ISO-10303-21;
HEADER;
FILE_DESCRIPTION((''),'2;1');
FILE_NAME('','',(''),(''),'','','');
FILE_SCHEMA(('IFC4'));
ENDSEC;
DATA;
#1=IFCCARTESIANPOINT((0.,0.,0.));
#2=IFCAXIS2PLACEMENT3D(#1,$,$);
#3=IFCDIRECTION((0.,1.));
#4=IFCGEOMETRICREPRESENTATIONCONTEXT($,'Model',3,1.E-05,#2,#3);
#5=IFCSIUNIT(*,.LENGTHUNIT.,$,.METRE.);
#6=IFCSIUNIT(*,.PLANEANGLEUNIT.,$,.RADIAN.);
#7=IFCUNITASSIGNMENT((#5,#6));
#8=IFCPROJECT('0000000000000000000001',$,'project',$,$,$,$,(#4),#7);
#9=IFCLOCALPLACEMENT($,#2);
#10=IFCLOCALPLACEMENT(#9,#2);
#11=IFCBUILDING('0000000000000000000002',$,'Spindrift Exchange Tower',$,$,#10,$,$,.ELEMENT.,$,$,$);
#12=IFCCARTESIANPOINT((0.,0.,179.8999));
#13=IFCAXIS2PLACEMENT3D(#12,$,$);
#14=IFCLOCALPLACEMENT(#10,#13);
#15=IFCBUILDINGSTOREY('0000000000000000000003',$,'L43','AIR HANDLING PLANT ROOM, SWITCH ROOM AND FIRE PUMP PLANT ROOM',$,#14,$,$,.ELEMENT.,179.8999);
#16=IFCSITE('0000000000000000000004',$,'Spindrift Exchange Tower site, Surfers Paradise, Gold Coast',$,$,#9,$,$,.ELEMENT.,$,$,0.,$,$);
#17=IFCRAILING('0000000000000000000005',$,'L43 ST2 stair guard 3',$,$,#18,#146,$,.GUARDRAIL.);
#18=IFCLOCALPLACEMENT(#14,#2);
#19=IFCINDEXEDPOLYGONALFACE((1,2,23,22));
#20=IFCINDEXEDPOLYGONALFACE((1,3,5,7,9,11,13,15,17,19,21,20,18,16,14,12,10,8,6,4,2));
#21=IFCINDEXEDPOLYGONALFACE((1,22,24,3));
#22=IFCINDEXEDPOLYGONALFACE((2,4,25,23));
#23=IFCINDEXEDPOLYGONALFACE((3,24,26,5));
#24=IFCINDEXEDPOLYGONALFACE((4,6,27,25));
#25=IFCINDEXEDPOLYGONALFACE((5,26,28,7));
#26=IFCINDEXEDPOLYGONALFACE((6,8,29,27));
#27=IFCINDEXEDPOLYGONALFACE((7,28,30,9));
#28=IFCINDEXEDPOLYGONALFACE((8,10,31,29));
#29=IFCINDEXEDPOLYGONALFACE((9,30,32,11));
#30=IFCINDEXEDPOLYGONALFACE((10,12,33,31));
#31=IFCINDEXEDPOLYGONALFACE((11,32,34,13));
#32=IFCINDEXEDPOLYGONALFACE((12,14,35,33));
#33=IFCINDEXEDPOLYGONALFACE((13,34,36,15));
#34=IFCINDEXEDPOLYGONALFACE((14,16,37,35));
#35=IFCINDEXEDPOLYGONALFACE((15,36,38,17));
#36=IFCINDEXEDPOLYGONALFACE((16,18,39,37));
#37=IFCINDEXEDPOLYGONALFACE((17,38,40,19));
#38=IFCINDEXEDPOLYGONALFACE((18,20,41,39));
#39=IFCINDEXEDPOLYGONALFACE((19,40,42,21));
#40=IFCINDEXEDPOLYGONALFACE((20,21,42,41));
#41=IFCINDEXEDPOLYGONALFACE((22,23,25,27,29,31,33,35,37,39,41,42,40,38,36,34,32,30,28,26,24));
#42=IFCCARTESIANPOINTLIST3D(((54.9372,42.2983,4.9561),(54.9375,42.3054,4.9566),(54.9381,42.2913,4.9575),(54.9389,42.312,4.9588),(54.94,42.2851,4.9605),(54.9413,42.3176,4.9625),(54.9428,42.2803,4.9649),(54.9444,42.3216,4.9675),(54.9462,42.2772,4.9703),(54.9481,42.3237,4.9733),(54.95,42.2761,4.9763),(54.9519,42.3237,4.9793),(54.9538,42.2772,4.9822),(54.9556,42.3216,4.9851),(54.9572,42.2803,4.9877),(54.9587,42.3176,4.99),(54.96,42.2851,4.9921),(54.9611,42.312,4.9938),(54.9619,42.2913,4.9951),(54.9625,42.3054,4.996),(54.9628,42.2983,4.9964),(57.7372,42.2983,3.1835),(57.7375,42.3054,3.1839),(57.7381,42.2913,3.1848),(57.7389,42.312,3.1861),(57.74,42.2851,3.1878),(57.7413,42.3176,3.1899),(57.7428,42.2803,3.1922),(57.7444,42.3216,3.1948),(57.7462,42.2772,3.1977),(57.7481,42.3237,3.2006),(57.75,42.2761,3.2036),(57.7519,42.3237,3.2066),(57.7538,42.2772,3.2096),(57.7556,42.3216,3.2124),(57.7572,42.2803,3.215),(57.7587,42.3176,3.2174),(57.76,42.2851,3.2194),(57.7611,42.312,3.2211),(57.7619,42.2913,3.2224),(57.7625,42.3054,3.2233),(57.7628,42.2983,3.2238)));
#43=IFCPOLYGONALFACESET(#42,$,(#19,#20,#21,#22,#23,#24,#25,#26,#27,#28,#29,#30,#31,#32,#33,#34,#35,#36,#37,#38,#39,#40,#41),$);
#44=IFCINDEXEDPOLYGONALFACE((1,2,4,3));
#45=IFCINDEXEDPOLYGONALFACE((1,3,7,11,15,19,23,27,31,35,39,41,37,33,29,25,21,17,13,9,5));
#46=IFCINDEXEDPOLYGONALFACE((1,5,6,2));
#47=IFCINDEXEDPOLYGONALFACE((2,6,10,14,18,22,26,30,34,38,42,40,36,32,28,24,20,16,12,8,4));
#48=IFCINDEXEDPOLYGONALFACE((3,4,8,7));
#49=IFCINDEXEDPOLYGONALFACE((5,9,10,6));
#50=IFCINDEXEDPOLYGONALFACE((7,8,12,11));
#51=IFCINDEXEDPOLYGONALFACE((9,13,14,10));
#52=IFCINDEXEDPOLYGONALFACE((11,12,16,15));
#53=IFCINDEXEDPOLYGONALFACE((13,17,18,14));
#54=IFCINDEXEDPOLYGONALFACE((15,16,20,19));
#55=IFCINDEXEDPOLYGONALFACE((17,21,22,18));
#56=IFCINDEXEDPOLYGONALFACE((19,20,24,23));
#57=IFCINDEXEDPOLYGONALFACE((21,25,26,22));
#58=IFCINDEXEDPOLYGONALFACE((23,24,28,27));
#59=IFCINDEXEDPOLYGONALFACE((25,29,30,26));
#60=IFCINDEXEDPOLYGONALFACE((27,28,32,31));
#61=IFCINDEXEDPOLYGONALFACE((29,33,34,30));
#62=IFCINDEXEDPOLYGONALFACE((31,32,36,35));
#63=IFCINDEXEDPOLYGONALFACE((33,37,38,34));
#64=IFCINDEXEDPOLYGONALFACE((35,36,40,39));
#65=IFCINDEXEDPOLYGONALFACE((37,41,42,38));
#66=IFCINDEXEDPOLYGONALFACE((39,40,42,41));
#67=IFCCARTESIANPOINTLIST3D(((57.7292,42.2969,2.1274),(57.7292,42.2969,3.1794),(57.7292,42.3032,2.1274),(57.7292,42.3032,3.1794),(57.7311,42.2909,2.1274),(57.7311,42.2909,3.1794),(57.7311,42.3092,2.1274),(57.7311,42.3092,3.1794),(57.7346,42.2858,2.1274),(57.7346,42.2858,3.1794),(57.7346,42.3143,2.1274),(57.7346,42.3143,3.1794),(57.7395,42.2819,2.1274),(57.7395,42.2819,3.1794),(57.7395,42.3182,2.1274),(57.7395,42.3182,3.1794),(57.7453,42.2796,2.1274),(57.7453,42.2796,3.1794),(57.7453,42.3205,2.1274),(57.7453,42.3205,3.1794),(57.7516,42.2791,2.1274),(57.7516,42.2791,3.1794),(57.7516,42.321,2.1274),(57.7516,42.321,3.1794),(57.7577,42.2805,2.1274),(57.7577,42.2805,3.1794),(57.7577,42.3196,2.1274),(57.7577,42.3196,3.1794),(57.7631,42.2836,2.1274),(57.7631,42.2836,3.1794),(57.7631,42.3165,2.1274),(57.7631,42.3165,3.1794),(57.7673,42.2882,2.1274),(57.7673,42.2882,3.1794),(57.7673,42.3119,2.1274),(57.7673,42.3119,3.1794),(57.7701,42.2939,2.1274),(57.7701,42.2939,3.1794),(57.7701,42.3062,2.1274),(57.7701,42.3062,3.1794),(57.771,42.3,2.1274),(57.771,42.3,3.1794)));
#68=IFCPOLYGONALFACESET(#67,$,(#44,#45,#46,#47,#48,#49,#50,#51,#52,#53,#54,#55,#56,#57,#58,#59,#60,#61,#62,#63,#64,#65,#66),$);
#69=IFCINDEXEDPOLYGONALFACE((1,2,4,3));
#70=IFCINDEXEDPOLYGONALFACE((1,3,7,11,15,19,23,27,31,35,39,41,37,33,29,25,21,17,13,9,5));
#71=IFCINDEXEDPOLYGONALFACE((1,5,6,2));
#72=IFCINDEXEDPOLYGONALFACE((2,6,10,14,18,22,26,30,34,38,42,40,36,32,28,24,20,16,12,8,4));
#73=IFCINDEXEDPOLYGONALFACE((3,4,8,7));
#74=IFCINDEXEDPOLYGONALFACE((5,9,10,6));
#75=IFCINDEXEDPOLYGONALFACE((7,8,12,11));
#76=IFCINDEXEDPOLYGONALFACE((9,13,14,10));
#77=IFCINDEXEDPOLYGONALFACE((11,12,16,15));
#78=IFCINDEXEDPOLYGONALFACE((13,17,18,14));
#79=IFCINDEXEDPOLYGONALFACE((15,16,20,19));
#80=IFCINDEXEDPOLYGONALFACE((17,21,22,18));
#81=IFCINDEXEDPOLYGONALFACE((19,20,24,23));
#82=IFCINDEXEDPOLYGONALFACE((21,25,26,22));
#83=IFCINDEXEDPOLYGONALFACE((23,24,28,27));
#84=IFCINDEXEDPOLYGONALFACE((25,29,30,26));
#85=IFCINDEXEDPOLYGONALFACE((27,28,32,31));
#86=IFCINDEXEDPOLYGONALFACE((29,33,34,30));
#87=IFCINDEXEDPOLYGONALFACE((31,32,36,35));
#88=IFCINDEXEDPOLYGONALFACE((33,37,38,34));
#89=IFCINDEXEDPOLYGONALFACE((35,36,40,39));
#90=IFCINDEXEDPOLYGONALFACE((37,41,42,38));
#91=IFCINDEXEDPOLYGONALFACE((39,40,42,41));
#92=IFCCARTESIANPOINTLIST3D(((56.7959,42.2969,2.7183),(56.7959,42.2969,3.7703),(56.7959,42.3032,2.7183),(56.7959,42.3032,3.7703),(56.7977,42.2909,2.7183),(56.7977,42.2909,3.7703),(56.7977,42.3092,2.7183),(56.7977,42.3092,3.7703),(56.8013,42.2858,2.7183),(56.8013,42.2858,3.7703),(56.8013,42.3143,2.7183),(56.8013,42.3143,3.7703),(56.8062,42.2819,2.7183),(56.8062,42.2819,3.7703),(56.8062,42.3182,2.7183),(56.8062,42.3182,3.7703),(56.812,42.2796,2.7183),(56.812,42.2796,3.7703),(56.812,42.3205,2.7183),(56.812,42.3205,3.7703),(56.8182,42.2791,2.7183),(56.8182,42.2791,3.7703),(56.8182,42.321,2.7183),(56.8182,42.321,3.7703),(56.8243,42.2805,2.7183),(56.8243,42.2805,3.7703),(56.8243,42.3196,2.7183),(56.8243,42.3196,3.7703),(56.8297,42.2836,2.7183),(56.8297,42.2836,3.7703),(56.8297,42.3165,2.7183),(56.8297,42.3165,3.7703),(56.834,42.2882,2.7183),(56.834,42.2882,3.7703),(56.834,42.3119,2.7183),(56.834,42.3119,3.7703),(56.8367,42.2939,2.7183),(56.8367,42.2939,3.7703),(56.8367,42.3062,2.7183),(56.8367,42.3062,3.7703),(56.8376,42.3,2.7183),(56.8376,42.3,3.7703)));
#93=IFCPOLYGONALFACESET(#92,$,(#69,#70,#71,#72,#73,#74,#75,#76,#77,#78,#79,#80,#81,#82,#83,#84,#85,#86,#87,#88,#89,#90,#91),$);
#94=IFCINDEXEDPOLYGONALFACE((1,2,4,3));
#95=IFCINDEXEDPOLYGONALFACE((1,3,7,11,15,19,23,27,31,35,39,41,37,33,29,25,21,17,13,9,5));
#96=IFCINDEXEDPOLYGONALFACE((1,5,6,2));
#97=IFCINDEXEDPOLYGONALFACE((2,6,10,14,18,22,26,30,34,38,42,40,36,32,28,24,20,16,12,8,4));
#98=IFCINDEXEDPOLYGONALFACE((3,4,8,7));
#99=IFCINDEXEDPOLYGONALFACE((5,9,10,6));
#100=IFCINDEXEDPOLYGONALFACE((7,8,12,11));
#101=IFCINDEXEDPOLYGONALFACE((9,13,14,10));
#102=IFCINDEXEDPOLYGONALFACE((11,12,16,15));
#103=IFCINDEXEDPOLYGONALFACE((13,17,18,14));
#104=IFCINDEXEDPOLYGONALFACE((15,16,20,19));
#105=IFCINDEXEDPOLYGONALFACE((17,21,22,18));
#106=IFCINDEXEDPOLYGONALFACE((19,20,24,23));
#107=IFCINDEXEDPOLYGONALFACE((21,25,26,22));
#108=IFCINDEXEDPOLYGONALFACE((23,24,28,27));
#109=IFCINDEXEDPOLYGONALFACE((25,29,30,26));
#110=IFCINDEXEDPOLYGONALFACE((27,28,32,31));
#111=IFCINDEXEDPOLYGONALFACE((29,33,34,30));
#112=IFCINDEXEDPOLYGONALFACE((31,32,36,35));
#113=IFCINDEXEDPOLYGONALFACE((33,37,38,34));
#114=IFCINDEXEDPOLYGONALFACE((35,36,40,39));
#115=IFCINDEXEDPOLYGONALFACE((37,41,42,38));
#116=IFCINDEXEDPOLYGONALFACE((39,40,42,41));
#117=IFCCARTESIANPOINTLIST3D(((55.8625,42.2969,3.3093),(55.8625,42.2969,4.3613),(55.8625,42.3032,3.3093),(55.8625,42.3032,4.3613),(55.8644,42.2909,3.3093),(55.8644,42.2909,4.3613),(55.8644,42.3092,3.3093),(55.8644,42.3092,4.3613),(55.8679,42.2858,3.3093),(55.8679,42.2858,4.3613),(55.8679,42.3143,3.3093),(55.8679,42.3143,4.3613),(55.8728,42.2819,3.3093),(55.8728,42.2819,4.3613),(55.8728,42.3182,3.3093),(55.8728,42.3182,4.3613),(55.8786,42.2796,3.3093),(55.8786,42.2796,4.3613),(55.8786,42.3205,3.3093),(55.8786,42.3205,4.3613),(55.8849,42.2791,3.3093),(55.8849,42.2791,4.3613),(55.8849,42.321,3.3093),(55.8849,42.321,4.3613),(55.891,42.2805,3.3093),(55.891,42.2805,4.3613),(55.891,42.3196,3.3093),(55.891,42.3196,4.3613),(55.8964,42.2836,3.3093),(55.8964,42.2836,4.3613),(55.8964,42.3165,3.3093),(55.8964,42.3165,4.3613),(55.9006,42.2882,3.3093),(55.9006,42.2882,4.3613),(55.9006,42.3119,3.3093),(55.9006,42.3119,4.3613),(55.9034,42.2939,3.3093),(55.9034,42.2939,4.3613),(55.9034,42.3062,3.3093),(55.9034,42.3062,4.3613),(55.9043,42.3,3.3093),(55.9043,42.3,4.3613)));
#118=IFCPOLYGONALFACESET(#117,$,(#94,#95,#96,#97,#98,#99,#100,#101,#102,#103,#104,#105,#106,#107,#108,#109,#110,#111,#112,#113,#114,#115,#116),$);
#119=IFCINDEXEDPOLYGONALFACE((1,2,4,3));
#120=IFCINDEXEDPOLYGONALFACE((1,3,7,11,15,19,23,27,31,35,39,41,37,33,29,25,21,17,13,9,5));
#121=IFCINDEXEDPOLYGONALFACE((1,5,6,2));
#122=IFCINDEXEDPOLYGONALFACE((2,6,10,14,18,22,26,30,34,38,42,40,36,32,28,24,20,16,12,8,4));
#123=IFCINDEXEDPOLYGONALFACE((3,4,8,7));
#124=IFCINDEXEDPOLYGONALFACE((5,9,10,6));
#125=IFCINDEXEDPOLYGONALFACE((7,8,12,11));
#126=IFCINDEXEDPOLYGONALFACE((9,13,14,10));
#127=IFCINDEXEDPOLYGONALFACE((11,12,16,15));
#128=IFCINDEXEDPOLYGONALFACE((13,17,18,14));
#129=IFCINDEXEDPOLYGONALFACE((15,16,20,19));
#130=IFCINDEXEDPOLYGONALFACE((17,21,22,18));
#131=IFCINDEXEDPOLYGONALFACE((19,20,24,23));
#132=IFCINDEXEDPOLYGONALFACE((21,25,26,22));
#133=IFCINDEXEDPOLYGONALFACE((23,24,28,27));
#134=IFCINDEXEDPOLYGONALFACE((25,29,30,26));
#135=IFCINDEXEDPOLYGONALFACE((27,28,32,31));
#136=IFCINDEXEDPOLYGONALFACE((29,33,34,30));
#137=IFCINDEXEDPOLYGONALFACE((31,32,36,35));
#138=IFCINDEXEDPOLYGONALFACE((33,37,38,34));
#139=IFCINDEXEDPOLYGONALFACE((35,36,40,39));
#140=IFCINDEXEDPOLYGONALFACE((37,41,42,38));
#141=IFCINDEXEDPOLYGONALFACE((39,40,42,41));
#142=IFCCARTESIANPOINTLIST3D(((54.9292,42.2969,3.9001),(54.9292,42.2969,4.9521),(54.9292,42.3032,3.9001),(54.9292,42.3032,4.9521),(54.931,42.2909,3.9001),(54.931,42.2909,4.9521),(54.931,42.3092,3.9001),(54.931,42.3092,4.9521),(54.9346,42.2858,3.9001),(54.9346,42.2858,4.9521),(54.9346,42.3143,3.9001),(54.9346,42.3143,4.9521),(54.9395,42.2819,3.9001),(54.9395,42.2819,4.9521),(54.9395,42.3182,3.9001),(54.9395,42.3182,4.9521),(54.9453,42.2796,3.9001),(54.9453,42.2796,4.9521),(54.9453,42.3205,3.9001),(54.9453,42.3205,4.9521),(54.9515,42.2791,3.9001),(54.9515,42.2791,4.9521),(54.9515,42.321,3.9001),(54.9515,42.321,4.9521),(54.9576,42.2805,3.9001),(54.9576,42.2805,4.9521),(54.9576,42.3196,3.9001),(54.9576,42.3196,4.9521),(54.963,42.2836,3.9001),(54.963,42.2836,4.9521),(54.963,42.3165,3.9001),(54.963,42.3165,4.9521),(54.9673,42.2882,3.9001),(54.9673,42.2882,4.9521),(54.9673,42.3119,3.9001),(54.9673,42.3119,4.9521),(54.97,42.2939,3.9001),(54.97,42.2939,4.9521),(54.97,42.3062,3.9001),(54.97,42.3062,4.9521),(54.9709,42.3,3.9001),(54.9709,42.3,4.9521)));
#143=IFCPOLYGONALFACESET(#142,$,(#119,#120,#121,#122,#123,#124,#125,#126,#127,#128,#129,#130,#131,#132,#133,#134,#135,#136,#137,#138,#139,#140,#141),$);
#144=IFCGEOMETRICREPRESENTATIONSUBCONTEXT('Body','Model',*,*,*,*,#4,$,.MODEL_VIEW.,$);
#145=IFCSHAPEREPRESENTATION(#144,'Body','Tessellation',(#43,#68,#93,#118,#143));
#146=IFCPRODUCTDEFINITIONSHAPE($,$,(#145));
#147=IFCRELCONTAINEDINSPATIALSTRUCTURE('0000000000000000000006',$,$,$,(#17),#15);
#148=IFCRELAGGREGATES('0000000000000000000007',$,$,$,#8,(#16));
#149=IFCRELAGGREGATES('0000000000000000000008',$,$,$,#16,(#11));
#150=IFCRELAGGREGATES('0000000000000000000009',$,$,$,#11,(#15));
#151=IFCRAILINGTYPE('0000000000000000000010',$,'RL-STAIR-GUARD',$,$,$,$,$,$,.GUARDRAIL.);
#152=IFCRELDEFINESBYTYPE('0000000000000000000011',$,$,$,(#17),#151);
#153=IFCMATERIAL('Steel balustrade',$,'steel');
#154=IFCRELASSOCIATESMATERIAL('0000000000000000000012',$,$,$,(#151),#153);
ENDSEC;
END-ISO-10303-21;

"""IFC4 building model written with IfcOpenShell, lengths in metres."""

from ifc_helpers import new_model, si_unit, direction, frame, origin, origin_2d, place, context, subcontext, project, spatial, circle, extrude, material, type_object, element, save


model = new_model("IFC4")

# Units and contexts
model_context = context("Model", 3, precision=1e-05, world=origin(), true_north=direction((0.0, 1.0)))
body_context = subcontext(model_context, "Body", "Model", "MODEL_VIEW")
ifc_project = project(units=[si_unit("LENGTHUNIT", "METRE"), si_unit("PLANEANGLEUNIT", "RADIAN")], contexts=[model_context])

# Site, building, storey
site_placement = place(None, origin())
site = spatial("IfcSite", under=ifc_project, at=site_placement, Name="Spindrift Exchange Tower site, Surfers Paradise, Gold Coast", CompositionType="ELEMENT", RefElevation=0.0)
building_placement = place(site_placement, origin())
building = spatial("IfcBuilding", under=site, at=building_placement, Name="Spindrift Exchange Tower", CompositionType="ELEMENT")
storey_placement = place(building_placement, frame((0.0, 0.0, 179.8999)))
storey = spatial("IfcBuildingStorey", under=building, at=storey_placement, Name="L43", Description="AIR HANDLING PLANT ROOM, SWITCH ROOM AND FIRE PUMP PLANT ROOM", CompositionType="ELEMENT", Elevation=179.8999)

# Railing
ifc_material_1 = material(Name="Steel balustrade", Category="steel")
railing_type_1 = type_object("IfcRailingType", Name="RL-STAIR-GUARD", PredefinedType="GUARDRAIL", material=ifc_material_1)
railing_1_placement = place(storey_placement, frame((57.75, 42.3, 2.1274)))
element("IfcRailing", 1, at=railing_1_placement, inside=storey, type_object=railing_type_1, Name="L43 ST2 stair guard 3", PredefinedType="GUARDRAIL", context=body_context, shape_type="SweptSolid", body=[
    extrude(circle(Radius=0.0239, at=origin_2d()), frame((0.0, 0.0, 1.0762), z_axis=(-0.844909, 0.0, 0.53491), x_axis=(0.0, -1.0, 0.0)), (0.0, 0.0, 1.0), 3.314),
    extrude(circle(Radius=0.021, at=origin_2d()), origin(), (0.0, 0.0, 1.0), 1.052),
    extrude(circle(Radius=0.021, at=origin_2d()), frame((-0.9333, 0.0, 0.5908)), (0.0, 0.0, 1.0), 1.052),
    extrude(circle(Radius=0.021, at=origin_2d()), frame((-1.8667, 0.0, 1.1819)), (0.0, 0.0, 1.0), 1.052),
    extrude(circle(Radius=0.021, at=origin_2d()), frame((-2.8, 0.0, 1.7727)), (0.0, 0.0, 1.0), 1.052),
])

save(model, "model.ifc")
